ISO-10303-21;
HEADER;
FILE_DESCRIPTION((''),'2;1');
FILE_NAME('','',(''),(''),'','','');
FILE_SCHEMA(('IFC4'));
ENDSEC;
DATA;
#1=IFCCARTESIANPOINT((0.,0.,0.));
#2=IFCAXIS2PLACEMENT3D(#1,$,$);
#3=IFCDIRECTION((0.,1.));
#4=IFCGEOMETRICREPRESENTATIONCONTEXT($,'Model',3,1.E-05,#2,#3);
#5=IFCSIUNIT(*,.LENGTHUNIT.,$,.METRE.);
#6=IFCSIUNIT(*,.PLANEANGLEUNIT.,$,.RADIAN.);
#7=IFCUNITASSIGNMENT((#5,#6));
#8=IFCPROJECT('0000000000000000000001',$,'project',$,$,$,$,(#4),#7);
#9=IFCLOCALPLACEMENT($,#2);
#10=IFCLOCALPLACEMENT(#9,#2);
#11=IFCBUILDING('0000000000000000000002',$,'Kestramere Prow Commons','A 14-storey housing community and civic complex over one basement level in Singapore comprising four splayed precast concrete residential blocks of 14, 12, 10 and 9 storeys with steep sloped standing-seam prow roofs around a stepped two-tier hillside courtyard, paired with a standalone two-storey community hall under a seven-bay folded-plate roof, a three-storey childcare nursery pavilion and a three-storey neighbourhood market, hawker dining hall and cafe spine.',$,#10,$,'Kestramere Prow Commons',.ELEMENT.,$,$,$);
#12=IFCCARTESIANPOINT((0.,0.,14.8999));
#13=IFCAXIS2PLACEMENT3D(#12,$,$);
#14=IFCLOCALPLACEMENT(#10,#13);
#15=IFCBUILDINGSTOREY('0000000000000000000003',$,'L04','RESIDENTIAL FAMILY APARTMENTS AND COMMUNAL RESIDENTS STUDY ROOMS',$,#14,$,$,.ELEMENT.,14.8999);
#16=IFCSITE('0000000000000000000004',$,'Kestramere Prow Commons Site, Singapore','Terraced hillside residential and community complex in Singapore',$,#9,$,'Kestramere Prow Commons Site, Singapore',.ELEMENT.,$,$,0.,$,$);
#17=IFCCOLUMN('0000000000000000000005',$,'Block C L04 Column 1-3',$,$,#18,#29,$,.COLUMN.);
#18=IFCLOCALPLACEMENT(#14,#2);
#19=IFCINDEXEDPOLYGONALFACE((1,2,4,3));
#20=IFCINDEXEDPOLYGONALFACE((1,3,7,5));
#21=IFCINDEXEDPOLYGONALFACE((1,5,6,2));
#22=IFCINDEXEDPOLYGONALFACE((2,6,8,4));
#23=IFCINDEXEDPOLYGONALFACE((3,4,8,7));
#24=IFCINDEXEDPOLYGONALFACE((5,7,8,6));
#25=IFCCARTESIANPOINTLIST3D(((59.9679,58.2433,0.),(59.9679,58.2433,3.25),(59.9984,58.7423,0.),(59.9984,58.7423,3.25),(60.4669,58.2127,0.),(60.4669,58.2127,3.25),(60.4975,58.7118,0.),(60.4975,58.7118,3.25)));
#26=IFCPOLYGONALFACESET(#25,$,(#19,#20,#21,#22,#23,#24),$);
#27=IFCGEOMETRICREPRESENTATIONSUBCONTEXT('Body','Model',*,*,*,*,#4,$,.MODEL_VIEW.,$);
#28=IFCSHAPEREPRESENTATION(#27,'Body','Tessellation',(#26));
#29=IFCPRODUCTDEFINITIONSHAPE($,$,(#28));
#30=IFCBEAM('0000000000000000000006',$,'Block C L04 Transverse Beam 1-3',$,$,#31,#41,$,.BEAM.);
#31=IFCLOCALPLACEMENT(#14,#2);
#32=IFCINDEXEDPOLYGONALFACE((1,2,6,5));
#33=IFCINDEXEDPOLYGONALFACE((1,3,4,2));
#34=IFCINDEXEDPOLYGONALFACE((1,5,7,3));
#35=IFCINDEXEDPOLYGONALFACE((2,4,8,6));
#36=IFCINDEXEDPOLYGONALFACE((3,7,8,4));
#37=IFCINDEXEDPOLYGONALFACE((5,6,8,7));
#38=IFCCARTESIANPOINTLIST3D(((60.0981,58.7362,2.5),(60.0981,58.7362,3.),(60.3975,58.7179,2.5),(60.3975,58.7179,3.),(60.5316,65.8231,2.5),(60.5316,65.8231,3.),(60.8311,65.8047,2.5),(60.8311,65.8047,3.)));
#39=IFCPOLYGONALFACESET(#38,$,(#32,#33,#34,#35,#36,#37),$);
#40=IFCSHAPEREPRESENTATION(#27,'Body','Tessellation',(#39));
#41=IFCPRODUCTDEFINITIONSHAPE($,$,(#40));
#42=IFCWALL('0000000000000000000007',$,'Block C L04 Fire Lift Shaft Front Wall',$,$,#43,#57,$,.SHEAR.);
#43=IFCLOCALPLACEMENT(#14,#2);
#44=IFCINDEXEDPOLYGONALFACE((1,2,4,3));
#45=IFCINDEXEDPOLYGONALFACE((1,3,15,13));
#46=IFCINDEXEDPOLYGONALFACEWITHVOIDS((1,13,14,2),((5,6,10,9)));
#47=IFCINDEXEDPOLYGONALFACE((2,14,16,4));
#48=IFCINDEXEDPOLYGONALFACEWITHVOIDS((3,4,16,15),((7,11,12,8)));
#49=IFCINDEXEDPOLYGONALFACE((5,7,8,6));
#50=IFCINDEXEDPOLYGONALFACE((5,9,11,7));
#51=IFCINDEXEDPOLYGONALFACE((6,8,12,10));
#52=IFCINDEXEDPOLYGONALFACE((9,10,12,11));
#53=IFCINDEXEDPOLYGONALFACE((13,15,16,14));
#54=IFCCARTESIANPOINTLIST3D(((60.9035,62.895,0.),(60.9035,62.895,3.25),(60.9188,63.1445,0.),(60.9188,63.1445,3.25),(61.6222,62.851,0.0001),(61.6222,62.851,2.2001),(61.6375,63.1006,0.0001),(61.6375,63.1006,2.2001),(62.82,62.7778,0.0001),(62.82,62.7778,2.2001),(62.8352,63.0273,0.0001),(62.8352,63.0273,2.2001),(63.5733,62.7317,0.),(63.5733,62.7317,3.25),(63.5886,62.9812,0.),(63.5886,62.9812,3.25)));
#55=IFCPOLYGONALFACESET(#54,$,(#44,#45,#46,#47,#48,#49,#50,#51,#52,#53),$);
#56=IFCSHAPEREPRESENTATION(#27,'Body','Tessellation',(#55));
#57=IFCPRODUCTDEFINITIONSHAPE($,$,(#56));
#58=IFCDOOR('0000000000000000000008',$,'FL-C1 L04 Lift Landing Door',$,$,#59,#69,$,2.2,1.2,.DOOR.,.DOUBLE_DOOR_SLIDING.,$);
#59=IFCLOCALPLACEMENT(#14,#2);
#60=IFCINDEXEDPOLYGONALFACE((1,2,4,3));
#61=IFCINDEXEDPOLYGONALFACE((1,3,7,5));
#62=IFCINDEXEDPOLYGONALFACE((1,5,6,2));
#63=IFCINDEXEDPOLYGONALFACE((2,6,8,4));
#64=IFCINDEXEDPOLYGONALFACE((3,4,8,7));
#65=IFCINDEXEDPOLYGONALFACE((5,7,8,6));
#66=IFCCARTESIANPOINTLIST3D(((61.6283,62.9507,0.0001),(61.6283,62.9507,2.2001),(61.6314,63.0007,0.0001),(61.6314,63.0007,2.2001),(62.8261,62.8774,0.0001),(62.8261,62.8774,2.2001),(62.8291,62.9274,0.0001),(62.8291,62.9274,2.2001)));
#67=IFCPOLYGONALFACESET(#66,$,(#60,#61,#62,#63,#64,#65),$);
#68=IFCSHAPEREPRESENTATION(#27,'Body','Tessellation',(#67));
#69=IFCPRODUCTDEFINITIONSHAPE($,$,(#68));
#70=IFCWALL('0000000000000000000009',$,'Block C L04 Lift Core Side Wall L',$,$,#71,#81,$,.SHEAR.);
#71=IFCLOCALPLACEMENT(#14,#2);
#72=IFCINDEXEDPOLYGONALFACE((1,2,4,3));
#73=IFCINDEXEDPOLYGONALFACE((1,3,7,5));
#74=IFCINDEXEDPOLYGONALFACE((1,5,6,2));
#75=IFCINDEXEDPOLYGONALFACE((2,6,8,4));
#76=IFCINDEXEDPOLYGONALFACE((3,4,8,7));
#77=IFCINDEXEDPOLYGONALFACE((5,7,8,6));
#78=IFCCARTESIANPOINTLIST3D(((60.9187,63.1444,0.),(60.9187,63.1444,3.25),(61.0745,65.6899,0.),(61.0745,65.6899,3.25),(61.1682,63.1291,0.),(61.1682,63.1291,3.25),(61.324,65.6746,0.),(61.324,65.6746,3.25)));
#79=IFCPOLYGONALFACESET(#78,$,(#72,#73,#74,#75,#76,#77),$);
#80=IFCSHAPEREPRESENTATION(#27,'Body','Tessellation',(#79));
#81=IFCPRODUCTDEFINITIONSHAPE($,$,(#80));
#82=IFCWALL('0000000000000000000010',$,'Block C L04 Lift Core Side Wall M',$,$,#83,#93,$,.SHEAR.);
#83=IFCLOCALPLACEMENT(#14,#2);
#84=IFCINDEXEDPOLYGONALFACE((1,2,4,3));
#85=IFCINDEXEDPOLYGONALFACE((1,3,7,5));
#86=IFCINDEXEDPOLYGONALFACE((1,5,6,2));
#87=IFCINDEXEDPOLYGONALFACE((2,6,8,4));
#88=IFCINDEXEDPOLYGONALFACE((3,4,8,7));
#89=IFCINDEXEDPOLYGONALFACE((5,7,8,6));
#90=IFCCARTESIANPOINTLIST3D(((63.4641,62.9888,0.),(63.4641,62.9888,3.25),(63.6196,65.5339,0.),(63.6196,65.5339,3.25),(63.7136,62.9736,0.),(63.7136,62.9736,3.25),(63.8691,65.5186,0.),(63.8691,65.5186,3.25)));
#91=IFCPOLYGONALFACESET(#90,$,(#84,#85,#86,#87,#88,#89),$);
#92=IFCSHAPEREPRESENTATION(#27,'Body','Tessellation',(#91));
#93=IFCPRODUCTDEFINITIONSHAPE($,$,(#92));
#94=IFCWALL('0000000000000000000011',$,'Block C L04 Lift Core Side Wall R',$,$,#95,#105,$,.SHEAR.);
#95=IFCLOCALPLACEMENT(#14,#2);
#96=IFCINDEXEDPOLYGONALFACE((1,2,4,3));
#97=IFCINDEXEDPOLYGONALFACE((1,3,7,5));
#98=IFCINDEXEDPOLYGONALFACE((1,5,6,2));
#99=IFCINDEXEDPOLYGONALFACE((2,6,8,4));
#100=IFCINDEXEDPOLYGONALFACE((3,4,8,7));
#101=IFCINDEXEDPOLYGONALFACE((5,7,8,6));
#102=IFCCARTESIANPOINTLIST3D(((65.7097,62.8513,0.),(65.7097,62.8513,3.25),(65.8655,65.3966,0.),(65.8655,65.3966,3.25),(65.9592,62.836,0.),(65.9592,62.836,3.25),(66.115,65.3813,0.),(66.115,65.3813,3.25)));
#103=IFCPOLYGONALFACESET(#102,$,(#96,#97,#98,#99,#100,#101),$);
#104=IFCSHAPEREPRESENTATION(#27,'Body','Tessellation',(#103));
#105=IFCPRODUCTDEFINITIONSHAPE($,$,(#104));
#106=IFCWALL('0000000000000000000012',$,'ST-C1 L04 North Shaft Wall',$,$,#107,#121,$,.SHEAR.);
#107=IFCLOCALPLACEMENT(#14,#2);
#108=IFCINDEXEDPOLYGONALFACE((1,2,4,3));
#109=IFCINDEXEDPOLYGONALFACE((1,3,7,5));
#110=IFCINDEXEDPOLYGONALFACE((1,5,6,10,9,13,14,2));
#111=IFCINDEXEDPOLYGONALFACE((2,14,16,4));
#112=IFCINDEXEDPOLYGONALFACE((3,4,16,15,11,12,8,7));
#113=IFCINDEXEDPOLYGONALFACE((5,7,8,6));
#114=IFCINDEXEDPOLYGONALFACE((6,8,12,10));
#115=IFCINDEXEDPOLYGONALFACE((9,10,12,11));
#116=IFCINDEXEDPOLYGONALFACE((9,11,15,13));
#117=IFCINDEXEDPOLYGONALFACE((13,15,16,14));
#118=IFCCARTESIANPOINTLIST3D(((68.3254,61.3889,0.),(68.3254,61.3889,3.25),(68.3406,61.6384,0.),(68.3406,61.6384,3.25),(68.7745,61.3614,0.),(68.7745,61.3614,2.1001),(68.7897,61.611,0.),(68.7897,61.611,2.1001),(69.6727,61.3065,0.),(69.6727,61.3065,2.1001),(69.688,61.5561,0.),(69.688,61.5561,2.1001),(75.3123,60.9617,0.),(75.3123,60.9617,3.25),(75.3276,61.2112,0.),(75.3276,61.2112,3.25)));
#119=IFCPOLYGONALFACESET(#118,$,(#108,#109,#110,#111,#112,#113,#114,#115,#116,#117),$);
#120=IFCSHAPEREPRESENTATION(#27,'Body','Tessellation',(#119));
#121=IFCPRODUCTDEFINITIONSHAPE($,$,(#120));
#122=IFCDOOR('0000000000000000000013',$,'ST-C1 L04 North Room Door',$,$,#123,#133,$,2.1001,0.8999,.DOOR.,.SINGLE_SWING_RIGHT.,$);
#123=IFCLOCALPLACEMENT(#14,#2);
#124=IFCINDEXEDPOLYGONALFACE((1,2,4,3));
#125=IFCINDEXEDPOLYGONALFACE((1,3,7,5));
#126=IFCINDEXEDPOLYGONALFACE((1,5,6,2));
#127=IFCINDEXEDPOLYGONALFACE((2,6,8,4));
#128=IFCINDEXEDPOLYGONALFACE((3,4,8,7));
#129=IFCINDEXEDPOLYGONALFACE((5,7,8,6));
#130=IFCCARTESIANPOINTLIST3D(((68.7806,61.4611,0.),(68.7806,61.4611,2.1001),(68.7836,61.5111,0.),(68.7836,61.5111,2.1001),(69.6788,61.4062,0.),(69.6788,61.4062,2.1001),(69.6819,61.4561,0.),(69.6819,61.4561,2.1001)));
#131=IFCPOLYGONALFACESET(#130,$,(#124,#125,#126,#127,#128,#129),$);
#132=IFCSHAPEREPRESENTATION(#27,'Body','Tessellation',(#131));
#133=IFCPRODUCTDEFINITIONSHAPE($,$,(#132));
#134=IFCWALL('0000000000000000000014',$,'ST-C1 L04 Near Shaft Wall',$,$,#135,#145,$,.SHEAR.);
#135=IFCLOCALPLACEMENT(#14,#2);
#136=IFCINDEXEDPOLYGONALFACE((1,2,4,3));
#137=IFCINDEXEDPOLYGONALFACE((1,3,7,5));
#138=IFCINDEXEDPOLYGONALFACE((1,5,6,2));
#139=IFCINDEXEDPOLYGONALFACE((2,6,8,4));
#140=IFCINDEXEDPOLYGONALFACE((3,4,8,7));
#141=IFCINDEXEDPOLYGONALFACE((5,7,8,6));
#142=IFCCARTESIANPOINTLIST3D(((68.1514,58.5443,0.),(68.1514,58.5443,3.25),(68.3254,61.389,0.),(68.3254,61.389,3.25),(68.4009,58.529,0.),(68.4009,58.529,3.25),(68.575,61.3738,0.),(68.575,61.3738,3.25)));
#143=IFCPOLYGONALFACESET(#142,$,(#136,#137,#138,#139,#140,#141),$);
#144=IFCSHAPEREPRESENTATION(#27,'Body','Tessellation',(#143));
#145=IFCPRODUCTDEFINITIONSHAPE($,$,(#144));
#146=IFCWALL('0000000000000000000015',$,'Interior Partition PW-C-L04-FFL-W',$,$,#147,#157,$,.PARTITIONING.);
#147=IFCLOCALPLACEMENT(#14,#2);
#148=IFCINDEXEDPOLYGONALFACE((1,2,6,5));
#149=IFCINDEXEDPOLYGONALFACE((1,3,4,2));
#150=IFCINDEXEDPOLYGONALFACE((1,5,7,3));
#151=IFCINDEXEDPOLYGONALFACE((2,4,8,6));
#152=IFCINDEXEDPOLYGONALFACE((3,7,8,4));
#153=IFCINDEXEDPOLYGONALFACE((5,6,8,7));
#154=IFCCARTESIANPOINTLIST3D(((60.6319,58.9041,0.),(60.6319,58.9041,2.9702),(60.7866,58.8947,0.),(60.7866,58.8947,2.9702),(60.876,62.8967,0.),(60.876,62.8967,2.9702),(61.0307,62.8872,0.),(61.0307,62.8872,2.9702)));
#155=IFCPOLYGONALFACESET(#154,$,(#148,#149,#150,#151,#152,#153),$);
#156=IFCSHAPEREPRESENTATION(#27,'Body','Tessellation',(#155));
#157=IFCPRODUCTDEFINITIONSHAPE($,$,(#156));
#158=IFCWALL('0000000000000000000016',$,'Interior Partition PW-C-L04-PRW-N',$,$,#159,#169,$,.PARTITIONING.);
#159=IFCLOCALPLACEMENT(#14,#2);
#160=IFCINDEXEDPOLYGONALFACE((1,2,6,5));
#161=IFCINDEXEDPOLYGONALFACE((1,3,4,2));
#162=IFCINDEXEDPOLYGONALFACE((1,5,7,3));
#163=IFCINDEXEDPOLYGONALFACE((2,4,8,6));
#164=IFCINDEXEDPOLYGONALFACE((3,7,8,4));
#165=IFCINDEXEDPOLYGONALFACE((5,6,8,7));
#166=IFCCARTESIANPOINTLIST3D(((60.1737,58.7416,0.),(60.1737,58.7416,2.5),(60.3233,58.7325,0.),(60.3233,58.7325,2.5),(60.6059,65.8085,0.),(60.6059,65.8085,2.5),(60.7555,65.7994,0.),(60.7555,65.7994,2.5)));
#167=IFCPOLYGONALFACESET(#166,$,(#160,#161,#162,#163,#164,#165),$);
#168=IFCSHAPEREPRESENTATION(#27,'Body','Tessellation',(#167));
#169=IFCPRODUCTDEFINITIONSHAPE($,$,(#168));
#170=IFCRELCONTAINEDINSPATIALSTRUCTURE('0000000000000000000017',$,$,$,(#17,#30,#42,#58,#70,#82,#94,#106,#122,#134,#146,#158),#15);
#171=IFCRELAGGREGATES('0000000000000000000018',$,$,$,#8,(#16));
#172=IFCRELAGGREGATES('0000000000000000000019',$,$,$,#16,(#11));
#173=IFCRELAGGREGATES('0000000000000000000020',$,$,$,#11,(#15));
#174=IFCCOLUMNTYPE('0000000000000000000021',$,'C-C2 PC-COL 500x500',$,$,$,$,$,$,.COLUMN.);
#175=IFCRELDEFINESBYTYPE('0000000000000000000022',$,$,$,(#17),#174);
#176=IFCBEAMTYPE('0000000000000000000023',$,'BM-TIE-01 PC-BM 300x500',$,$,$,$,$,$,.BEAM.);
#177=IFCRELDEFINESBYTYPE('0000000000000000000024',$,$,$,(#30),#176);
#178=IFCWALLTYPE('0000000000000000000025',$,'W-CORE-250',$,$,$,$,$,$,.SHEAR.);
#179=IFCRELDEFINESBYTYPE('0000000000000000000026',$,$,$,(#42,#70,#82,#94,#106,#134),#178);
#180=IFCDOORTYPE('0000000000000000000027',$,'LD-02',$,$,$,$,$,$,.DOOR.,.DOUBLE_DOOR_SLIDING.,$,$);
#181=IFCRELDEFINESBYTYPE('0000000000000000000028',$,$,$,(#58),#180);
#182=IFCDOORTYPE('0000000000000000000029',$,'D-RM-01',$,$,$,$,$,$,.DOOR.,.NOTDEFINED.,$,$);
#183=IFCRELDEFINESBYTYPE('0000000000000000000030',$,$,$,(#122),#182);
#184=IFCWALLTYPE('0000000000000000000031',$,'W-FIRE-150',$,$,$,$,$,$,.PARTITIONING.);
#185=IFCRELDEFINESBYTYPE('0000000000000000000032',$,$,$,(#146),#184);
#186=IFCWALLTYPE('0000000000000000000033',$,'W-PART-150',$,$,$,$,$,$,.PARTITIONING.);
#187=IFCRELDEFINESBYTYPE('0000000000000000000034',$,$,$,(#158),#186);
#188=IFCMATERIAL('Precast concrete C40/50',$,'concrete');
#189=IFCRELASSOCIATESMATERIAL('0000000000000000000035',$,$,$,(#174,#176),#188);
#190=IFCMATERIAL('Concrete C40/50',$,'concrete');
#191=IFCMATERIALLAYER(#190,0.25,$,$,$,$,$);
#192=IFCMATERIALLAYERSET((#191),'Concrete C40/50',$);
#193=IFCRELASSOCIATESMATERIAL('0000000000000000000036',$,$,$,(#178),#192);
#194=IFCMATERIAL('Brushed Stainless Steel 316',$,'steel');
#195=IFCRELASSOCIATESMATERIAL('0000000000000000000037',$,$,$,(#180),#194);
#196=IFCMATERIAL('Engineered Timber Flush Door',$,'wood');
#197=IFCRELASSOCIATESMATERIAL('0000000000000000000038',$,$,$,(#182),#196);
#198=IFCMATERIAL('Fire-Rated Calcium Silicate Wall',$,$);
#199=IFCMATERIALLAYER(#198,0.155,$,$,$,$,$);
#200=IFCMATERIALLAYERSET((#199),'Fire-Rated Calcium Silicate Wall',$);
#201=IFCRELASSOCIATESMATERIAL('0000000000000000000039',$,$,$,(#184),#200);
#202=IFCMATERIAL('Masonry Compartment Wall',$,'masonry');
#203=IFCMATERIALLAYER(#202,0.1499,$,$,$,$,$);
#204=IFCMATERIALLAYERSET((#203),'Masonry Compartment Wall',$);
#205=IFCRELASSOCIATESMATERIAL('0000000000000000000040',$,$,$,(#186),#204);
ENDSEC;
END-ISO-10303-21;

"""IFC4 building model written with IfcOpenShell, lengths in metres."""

from ifc_helpers import new_model, si_unit, direction, frame, frame_2d, origin, origin_2d, place, context, subcontext, project, spatial, rectangle, extrude, material, layer, layer_set, material_profile, profile_set, type_object, element, fill, save


model = new_model("IFC4")

# Units and contexts
model_context = context("Model", 3, precision=1e-05, world=origin(), true_north=direction((0.0, 1.0)))
body_context = subcontext(model_context, "Body", "Model", "MODEL_VIEW")
ifc_project = project(units=[si_unit("LENGTHUNIT", "METRE"), si_unit("PLANEANGLEUNIT", "RADIAN")], contexts=[model_context])

# Site, building, storey
site_placement = place(None, origin())
site = spatial("IfcSite", under=ifc_project, at=site_placement, Name="Kestramere Prow Commons Site, Singapore", Description="Terraced hillside residential and community complex in Singapore", LongName="Kestramere Prow Commons Site, Singapore", CompositionType="ELEMENT", RefElevation=0.0)
building_placement = place(site_placement, origin())
building = spatial("IfcBuilding", under=site, at=building_placement, Name="Kestramere Prow Commons", Description="A 14-storey housing community and civic complex over one basement level in Singapore comprising four splayed precast concrete residential blocks of 14, 12, 10 and 9 storeys with steep sloped standing-seam prow roofs around a stepped two-tier hillside courtyard, paired with a standalone two-storey community hall under a seven-bay folded-plate roof, a three-storey childcare nursery pavilion and a three-storey neighbourhood market, hawker dining hall and cafe spine.", LongName="Kestramere Prow Commons", CompositionType="ELEMENT")
storey_placement = place(building_placement, frame((0.0, 0.0, 14.8999)))
storey = spatial("IfcBuildingStorey", under=building, at=storey_placement, Name="L04", Description="RESIDENTIAL FAMILY APARTMENTS AND COMMUNAL RESIDENTS STUDY ROOMS", CompositionType="ELEMENT", Elevation=14.8999)

# Column
ifc_material_1 = material(Name="Precast concrete C40/50", Category="concrete")
ifc_material_profile_1 = material_profile(ifc_material_1, rectangle(XDim=0.5, YDim=0.5, at=origin_2d()), Name="PC-COL 500x500")
ifc_profile_set_1 = profile_set([ifc_material_profile_1], Name="Precast concrete C40/50")
column_type = type_object("IfcColumnType", Name="C-C2 PC-COL 500x500", PredefinedType="COLUMN", material=ifc_profile_set_1)
column_placement = place(storey_placement, frame((60.2327, 58.4775, 0.0), z_axis=(0.0, 0.0, 1.0), x_axis=(0.998135, -0.061049, 0.0)))
element("IfcColumn", 1, at=column_placement, inside=storey, type_object=column_type, Name="Block C L04 Column 1-3", PredefinedType="COLUMN", context=body_context, shape_type="SweptSolid", body=[
    extrude(rectangle(XDim=0.5, YDim=0.5, at=origin_2d()), origin(), (0.0, 0.0, 1.0), 3.25),
])

# Beam
ifc_material_profile_2 = material_profile(ifc_material_1, rectangle(XDim=0.3, YDim=0.5, at=origin_2d()), Name="PC-BM 300x500")
ifc_profile_set_2 = profile_set([ifc_material_profile_2], Name="Precast concrete C40/50")
beam_type = type_object("IfcBeamType", Name="BM-TIE-01 PC-BM 300x500", PredefinedType="BEAM", material=ifc_profile_set_2)
beam_placement = place(storey_placement, frame((60.2478, 58.7271, 2.75), z_axis=(0.061068, 0.998134, 0.0), x_axis=(-0.998134, 0.061068, 0.0)))
element("IfcBeam", 2, at=beam_placement, inside=storey, type_object=beam_type, Name="Block C L04 Transverse Beam 1-3", PredefinedType="BEAM", context=body_context, shape_type="SweptSolid", body=[
    extrude(rectangle(XDim=0.3, YDim=0.5, at=origin_2d()), origin(), (0.0, 0.0, 1.0), 7.1001),
])

# Wall, opening, door
ifc_material_2 = material(Name="Concrete C40/50", Category="concrete")
ifc_layer_1 = layer(ifc_material_2, 0.25)
ifc_layer_set_1 = layer_set([ifc_layer_1], Name="Concrete C40/50")
wall_type_1 = type_object("IfcWallType", Name="W-CORE-250", PredefinedType="SHEAR", material=ifc_layer_set_1)
wall_1_placement = place(storey_placement, frame((60.9111, 63.0198, 0.0), z_axis=(0.0, 0.0, 1.0), x_axis=(0.998134, -0.06106, 0.0)))
wall_1 = element("IfcWall", 3, at=wall_1_placement, inside=storey, type_object=wall_type_1, Name="Block C L04 Fire Lift Shaft Front Wall", PredefinedType="SHEAR", context=body_context, shape_type="SweptSolid", body=[
    extrude(rectangle(XDim=2.6748, YDim=0.25, at=frame_2d((1.3374, 0.0))), origin(), (0.0, 0.0, 1.0), 3.25),
])
opening_1_placement = place(wall_1_placement, frame((0.72, 0.0, 0.0)))
opening_1 = element("IfcOpeningElement", 4, at=opening_1_placement, cuts=wall_1, PredefinedType="OPENING", context=body_context, shape_type="SweptSolid", body=[
    extrude(rectangle(XDim=1.2, YDim=2.2, at=frame_2d((0.6001, 1.1001))), frame((0.0, 0.1399, 0.0), z_axis=(0.0, -1.0, 0.0), x_axis=(1.0, 0.0, 0.0)), (0.0, 0.0, 1.0), 0.28),
])
ifc_material_3 = material(Name="Brushed Stainless Steel 316", Category="steel")
door_type_1 = type_object("IfcDoorType", Name="LD-02", OperationType="DOUBLE_DOOR_SLIDING", PredefinedType="DOOR", material=ifc_material_3)
door_1_placement = place(opening_1_placement, origin())
door_1 = element("IfcDoor", 5, at=door_1_placement, inside=storey, type_object=door_type_1, Name="FL-C1 L04 Lift Landing Door", OperationType="DOUBLE_DOOR_SLIDING", OverallHeight=2.2, OverallWidth=1.2, PredefinedType="DOOR", context=body_context, shape_type="SweptSolid", body=[
    extrude(rectangle(XDim=1.2, YDim=2.2, at=frame_2d((0.6001, 1.1001))), frame((0.0, 0.0249, 0.0), z_axis=(0.0, -1.0, 0.0), x_axis=(1.0, 0.0, 0.0)), (0.0, 0.0, 1.0), 0.05),
])
fill(opening_1, door_1)

# Walls
wall_2_placement = place(storey_placement, frame((61.0435, 63.1367, 0.0), z_axis=(0.0, 0.0, 1.0), x_axis=(0.061079, 0.998133, 0.0)))
element("IfcWall", 6, at=wall_2_placement, inside=storey, type_object=wall_type_1, Name="Block C L04 Lift Core Side Wall L", PredefinedType="SHEAR", context=body_context, shape_type="SweptSolid", body=[
    extrude(rectangle(XDim=2.5503, YDim=0.25, at=frame_2d((1.2751, 0.0))), origin(), (0.0, 0.0, 1.0), 3.25),
])
wall_3_placement = place(storey_placement, frame((63.5889, 62.9812, 0.0), z_axis=(0.0, 0.0, 1.0), x_axis=(0.060989, 0.998138, 0.0)))
element("IfcWall", 7, at=wall_3_placement, inside=storey, type_object=wall_type_1, Name="Block C L04 Lift Core Side Wall M", PredefinedType="SHEAR", context=body_context, shape_type="SweptSolid", body=[
    extrude(rectangle(XDim=2.5498, YDim=0.25, at=frame_2d((1.2749, 0.0))), origin(), (0.0, 0.0, 1.0), 3.25),
])
wall_4_placement = place(storey_placement, frame((65.8345, 62.8438, 0.0), z_axis=(0.0, 0.0, 1.0), x_axis=(0.061085, 0.998133, 0.0)))
element("IfcWall", 8, at=wall_4_placement, inside=storey, type_object=wall_type_1, Name="Block C L04 Lift Core Side Wall R", PredefinedType="SHEAR", context=body_context, shape_type="SweptSolid", body=[
    extrude(rectangle(XDim=2.55, YDim=0.25, at=frame_2d((1.2749, 0.0))), origin(), (0.0, 0.0, 1.0), 3.25),
])

# Wall, opening, door
wall_5_placement = place(storey_placement, frame((68.333, 61.5137, 0.0), z_axis=(0.0, 0.0, 1.0), x_axis=(0.998136, -0.061034, 0.0)))
wall_5 = element("IfcWall", 9, at=wall_5_placement, inside=storey, type_object=wall_type_1, Name="ST-C1 L04 North Shaft Wall", PredefinedType="SHEAR", context=body_context, shape_type="SweptSolid", body=[
    extrude(rectangle(XDim=7.0, YDim=0.25, at=frame_2d((3.5, 0.0))), origin(), (0.0, 0.0, 1.0), 3.25),
])
opening_2_placement = place(wall_5_placement, frame((0.45, 0.0, 0.0)))
opening_2 = element("IfcOpeningElement", 10, at=opening_2_placement, cuts=wall_5, PredefinedType="OPENING", context=body_context, shape_type="SweptSolid", body=[
    extrude(rectangle(XDim=0.8999, YDim=2.1001, at=frame_2d((0.45, 1.05))), frame((0.0, 0.1399, 0.0), z_axis=(0.0, -1.0, 0.0), x_axis=(1.0, 0.0, 0.0)), (0.0, 0.0, 1.0), 0.28),
])
ifc_material_4 = material(Name="Engineered Timber Flush Door", Category="wood")
door_type_2 = type_object("IfcDoorType", Name="D-RM-01", OperationType="NOTDEFINED", PredefinedType="DOOR", material=ifc_material_4)
door_2_placement = place(opening_2_placement, origin())
door_2 = element("IfcDoor", 11, at=door_2_placement, inside=storey, type_object=door_type_2, Name="ST-C1 L04 North Room Door", OperationType="SINGLE_SWING_RIGHT", OverallHeight=2.1001, OverallWidth=0.8999, PredefinedType="DOOR", context=body_context, shape_type="SweptSolid", body=[
    extrude(rectangle(XDim=0.8999, YDim=2.1001, at=frame_2d((0.45, 1.05))), frame((0.0, 0.0249, 0.0), z_axis=(0.0, -1.0, 0.0), x_axis=(1.0, 0.0, 0.0)), (0.0, 0.0, 1.0), 0.05),
])
fill(opening_2, door_2)

# Wall
wall_6_placement = place(storey_placement, frame((68.2761, 58.5366, 0.0), z_axis=(0.0, 0.0, 1.0), x_axis=(0.061077, 0.998133, 0.0)))
element("IfcWall", 12, at=wall_6_placement, inside=storey, type_object=wall_type_1, Name="ST-C1 L04 Near Shaft Wall", PredefinedType="SHEAR", context=body_context, shape_type="SweptSolid", body=[
    extrude(rectangle(XDim=2.8501, YDim=0.25, at=frame_2d((1.425, 0.0))), origin(), (0.0, 0.0, 1.0), 3.25),
])

# Shared definitions
ifc_material_5 = material(Name="Fire-Rated Calcium Silicate Wall")
ifc_layer_2 = layer(ifc_material_5, 0.155)
ifc_layer_set_2 = layer_set([ifc_layer_2], Name="Fire-Rated Calcium Silicate Wall")
wall_type_2 = type_object("IfcWallType", Name="W-FIRE-150", PredefinedType="PARTITIONING", material=ifc_layer_set_2)

# Wall
wall_7_placement = place(storey_placement, frame((60.7092, 58.8994, 0.0), z_axis=(0.0, 0.0, 1.0), x_axis=(0.061037, 0.998136, 0.0)))
element("IfcWall", 13, at=wall_7_placement, inside=storey, type_object=wall_type_2, Name="Interior Partition PW-C-L04-FFL-W", PredefinedType="PARTITIONING", context=body_context, shape_type="SweptSolid", body=[
    extrude(rectangle(XDim=4.0, YDim=0.155, at=frame_2d((2.0, 0.0))), origin(), (0.0, 0.0, 1.0), 2.9702),
])

# Wall
ifc_material_6 = material(Name="Masonry Compartment Wall", Category="masonry")
ifc_layer_3 = layer(ifc_material_6, 0.1499)
ifc_layer_set_3 = layer_set([ifc_layer_3], Name="Masonry Compartment Wall")
wall_type_3 = type_object("IfcWallType", Name="W-PART-150", PredefinedType="PARTITIONING", material=ifc_layer_set_3)
wall_8_placement = place(storey_placement, frame((60.2485, 58.7371, 0.0), z_axis=(0.0, 0.0, 1.0), x_axis=(0.061034, 0.998136, 0.0)))
element("IfcWall", 14, at=wall_8_placement, inside=storey, type_object=wall_type_3, Name="Interior Partition PW-C-L04-PRW-N", PredefinedType="PARTITIONING", context=body_context, shape_type="SweptSolid", body=[
    extrude(rectangle(XDim=7.0801, YDim=0.1499, at=frame_2d((3.54, 0.0))), origin(), (0.0, 0.0, 1.0), 2.5),
])

save(model, "model.ifc")
